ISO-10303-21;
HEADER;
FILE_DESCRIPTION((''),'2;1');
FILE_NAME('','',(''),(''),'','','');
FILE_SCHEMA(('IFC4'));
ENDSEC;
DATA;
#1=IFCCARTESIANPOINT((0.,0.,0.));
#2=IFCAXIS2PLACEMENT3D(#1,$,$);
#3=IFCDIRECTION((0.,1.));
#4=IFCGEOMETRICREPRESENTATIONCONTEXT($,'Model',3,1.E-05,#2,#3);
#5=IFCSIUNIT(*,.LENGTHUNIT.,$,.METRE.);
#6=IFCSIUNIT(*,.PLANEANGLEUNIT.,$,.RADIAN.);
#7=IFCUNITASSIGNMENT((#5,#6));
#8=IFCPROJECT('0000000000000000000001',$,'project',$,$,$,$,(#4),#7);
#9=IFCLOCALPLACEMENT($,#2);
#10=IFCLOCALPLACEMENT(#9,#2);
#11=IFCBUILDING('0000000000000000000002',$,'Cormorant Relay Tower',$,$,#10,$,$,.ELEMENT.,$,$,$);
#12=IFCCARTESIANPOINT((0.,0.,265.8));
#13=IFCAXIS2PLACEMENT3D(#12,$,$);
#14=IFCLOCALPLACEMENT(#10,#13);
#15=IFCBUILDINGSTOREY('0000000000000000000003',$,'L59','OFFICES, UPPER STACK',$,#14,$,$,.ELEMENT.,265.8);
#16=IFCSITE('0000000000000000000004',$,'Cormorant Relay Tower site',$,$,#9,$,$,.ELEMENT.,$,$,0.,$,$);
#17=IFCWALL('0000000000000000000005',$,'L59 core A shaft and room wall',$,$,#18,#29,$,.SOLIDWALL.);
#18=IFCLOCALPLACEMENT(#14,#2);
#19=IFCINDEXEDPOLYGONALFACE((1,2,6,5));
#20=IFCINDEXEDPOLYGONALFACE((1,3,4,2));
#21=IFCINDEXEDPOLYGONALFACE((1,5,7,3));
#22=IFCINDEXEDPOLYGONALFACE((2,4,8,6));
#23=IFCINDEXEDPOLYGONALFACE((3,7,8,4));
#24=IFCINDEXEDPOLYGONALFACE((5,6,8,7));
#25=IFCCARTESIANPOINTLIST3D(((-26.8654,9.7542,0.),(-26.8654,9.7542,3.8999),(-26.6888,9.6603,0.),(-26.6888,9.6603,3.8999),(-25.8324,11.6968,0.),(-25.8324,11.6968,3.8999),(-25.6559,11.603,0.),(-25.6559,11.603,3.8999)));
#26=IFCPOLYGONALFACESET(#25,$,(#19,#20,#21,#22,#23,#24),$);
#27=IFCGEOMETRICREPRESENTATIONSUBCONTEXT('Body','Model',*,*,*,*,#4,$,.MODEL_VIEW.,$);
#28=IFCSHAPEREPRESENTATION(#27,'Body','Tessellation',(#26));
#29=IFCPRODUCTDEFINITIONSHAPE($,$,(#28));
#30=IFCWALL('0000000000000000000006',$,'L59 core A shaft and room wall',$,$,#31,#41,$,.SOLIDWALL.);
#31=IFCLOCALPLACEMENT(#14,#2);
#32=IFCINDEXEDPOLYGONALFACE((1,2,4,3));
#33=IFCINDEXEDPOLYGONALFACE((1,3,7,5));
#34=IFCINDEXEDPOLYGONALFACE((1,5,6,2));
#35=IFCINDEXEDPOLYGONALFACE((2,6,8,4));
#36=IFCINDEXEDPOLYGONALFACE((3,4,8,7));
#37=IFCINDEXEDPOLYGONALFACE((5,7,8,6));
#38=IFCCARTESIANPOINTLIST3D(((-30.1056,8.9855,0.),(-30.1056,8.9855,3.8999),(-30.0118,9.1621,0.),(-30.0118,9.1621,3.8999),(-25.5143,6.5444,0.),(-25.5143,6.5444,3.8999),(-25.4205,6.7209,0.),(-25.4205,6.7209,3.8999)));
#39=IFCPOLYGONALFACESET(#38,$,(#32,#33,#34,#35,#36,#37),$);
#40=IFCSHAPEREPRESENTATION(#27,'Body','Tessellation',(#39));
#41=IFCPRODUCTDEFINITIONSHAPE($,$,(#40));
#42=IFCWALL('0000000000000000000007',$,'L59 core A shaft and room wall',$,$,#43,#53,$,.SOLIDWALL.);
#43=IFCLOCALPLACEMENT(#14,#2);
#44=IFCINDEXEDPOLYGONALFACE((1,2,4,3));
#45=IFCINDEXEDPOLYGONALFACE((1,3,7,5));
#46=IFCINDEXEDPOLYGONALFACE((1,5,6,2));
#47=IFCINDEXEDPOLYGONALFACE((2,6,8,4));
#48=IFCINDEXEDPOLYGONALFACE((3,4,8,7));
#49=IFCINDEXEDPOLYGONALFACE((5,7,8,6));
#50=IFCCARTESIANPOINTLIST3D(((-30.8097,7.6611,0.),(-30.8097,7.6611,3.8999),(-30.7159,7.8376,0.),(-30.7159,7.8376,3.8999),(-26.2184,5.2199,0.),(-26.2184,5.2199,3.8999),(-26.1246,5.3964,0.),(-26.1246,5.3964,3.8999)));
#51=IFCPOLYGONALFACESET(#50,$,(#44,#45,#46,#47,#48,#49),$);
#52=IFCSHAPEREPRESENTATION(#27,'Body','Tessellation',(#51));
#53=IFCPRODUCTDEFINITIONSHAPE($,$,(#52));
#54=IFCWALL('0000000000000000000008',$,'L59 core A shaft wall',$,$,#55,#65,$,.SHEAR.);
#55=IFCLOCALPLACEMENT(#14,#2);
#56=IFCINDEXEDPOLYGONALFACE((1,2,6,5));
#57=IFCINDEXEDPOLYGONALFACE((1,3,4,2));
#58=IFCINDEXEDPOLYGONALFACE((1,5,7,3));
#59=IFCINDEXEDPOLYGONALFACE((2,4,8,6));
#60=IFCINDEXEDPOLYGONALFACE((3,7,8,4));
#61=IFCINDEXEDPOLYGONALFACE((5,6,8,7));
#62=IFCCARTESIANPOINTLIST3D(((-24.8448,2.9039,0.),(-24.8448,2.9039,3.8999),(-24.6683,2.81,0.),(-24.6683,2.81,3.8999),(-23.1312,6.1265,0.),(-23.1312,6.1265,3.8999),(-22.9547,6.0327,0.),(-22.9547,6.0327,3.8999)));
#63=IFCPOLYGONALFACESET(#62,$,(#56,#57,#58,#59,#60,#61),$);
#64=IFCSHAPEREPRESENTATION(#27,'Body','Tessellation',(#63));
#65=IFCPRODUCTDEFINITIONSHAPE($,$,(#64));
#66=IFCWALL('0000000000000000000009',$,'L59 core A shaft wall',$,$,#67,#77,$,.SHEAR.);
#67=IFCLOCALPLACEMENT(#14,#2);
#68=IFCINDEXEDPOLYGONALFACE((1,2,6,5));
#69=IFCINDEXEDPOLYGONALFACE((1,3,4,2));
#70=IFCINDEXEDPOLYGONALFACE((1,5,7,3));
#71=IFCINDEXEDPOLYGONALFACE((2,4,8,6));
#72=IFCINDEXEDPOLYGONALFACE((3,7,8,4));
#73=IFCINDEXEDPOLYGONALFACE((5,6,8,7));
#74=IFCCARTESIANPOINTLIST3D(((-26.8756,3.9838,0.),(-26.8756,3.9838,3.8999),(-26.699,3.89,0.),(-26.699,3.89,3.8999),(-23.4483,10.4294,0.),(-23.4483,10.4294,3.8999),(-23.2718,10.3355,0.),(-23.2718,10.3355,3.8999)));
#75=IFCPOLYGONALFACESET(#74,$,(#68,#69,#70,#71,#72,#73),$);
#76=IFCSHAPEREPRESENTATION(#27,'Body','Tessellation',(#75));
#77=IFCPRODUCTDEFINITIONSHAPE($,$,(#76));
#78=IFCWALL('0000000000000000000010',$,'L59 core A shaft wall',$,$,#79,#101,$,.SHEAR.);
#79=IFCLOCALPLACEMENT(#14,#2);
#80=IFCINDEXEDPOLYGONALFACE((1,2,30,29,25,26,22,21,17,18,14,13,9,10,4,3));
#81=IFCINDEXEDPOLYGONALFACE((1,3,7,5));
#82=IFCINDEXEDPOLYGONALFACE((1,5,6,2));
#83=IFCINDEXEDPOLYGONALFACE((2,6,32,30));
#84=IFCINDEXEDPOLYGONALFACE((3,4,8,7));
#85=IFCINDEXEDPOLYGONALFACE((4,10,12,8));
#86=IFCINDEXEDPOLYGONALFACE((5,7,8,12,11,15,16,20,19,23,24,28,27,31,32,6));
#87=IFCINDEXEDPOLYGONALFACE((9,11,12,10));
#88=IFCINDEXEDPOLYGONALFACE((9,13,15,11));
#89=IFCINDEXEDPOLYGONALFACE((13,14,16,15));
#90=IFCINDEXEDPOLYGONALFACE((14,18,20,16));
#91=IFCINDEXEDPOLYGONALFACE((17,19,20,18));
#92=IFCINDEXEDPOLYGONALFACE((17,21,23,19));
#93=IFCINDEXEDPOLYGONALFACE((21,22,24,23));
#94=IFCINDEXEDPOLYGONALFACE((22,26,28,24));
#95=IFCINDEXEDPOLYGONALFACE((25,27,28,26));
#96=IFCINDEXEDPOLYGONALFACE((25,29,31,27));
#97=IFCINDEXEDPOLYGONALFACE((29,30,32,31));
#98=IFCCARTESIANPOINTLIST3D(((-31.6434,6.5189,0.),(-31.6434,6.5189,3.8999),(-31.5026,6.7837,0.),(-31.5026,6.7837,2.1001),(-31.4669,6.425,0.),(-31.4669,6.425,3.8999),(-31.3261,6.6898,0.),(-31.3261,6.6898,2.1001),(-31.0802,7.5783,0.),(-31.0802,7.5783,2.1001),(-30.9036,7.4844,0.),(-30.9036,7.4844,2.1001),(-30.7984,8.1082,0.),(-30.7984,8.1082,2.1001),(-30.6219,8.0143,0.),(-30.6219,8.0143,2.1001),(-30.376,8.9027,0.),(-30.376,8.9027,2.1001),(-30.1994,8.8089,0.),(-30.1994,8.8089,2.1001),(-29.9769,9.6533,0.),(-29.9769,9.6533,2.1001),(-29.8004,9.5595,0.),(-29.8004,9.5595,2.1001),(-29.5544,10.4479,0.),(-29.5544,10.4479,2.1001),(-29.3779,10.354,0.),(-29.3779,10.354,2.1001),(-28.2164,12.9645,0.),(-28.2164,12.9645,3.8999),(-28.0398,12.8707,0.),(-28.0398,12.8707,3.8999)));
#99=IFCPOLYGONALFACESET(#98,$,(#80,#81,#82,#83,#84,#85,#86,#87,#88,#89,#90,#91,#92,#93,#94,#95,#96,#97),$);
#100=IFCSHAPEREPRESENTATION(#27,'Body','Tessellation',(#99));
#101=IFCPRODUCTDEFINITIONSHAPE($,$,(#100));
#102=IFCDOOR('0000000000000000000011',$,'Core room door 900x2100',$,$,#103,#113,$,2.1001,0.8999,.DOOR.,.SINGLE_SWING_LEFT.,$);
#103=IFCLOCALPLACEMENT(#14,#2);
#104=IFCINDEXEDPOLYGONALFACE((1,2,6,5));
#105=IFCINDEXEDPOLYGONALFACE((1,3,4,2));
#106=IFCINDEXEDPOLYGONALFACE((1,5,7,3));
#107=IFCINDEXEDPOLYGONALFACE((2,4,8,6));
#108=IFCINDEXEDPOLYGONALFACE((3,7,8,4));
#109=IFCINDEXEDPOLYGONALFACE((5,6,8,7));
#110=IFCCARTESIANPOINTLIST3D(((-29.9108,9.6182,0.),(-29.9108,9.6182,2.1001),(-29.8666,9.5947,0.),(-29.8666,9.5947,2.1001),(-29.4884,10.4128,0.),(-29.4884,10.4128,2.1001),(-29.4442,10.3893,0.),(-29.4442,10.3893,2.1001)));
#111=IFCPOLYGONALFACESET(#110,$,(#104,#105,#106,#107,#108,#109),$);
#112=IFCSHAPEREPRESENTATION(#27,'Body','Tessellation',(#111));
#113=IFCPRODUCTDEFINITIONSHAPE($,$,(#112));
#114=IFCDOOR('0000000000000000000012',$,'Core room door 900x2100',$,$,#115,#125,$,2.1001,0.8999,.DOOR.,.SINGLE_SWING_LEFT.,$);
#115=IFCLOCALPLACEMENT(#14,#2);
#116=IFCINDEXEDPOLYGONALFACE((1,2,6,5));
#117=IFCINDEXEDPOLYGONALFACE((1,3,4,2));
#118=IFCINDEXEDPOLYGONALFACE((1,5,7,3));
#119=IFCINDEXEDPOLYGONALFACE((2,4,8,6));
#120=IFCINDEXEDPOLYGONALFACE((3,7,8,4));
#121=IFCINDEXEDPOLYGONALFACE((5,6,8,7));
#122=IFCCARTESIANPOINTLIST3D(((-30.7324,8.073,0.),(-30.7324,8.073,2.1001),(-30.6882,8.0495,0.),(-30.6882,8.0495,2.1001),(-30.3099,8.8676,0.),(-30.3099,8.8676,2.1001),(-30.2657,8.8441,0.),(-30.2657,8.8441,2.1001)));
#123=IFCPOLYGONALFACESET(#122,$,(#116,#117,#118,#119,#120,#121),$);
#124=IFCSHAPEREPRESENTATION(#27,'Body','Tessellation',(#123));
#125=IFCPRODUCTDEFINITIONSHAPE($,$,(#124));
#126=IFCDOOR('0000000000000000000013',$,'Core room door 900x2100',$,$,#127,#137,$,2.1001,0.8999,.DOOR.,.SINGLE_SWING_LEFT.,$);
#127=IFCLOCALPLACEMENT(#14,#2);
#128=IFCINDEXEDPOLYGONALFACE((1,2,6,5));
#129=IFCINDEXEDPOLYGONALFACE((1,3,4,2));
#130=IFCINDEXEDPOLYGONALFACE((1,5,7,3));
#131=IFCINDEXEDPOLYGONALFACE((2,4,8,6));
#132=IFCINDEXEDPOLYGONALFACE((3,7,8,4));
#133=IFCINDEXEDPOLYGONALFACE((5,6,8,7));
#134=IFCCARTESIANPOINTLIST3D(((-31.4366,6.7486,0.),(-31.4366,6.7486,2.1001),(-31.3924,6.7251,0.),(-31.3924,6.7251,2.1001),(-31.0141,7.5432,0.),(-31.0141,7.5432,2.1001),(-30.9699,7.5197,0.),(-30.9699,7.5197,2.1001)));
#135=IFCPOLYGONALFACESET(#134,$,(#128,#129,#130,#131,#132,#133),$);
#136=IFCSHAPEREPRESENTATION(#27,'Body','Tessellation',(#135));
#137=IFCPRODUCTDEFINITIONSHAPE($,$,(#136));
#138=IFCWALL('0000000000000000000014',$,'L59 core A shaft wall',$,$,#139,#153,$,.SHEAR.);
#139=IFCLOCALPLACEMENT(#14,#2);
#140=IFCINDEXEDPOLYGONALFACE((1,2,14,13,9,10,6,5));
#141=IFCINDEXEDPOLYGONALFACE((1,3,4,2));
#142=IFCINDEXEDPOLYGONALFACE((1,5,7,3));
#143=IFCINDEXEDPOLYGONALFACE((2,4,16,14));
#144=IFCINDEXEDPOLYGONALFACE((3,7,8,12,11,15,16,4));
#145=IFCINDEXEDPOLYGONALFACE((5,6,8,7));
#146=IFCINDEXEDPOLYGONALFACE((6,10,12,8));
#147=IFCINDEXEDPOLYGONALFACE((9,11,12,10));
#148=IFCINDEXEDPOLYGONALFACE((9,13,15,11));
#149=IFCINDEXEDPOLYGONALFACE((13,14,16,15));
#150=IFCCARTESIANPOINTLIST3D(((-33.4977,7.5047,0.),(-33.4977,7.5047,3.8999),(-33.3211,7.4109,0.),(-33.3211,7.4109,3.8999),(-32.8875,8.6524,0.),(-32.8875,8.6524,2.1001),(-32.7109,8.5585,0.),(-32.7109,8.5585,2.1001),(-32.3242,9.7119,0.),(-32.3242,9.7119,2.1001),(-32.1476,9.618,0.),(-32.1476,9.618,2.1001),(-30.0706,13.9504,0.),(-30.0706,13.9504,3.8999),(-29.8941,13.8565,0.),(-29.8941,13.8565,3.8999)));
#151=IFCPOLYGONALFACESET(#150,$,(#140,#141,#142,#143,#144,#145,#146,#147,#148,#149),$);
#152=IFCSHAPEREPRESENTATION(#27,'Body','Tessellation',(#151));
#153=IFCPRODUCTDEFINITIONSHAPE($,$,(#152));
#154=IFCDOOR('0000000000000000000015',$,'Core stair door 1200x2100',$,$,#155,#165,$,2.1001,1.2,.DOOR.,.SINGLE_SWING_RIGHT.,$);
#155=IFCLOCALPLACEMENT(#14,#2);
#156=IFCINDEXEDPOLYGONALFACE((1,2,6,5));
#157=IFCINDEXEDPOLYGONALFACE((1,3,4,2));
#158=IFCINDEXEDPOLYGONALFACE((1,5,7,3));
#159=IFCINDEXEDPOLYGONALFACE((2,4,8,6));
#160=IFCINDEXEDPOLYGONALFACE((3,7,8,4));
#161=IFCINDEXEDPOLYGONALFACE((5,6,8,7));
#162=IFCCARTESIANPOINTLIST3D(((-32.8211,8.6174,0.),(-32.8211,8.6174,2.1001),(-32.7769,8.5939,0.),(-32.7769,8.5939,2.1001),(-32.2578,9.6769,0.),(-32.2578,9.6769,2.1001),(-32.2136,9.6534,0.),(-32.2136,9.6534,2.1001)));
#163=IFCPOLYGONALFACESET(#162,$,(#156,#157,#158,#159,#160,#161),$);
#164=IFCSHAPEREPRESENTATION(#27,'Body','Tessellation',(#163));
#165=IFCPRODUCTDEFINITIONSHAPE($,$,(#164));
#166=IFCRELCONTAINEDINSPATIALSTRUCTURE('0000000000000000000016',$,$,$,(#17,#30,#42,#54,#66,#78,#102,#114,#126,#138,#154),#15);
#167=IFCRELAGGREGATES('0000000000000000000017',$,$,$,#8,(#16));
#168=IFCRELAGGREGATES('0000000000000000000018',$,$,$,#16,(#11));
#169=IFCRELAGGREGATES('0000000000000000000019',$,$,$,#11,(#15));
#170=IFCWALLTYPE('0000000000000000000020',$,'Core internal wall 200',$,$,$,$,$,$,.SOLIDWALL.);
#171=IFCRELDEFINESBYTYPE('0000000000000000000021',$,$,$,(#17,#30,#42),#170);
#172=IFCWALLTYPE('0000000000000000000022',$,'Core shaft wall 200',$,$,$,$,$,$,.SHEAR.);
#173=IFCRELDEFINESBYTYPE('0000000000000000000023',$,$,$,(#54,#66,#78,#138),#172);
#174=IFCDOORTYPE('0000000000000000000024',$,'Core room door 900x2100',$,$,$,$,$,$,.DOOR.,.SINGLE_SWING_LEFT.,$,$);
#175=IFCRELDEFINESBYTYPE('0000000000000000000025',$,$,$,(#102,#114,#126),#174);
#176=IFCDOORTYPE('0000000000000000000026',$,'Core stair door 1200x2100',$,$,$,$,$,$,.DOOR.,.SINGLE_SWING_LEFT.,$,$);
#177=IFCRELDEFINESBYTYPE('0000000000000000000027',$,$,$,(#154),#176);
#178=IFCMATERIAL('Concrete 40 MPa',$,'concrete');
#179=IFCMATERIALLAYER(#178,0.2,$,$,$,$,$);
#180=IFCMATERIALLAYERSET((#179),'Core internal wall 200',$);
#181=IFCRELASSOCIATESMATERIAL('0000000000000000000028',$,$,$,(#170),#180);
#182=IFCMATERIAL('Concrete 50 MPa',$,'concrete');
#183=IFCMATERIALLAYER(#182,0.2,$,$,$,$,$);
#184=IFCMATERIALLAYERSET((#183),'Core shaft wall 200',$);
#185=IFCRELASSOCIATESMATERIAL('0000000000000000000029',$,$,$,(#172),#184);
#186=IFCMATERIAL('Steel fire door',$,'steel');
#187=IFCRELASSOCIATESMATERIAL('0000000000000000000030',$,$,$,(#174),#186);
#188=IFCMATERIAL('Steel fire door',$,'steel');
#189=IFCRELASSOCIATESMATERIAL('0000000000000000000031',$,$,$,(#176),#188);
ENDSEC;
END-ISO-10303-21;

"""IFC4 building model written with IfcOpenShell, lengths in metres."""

from ifc_helpers import new_model, si_unit, direction, frame, frame_2d, origin, place, context, subcontext, project, spatial, rectangle, extrude, material, layer, layer_set, type_object, element, fill, save


model = new_model("IFC4")

# Units and contexts
model_context = context("Model", 3, precision=1e-05, world=origin(), true_north=direction((0.0, 1.0)))
body_context = subcontext(model_context, "Body", "Model", "MODEL_VIEW")
ifc_project = project(units=[si_unit("LENGTHUNIT", "METRE"), si_unit("PLANEANGLEUNIT", "RADIAN")], contexts=[model_context])

# Site, building, storey
site_placement = place(None, origin())
site = spatial("IfcSite", under=ifc_project, at=site_placement, Name="Cormorant Relay Tower site", CompositionType="ELEMENT", RefElevation=0.0)
building_placement = place(site_placement, origin())
building = spatial("IfcBuilding", under=site, at=building_placement, Name="Cormorant Relay Tower", CompositionType="ELEMENT")
storey_placement = place(building_placement, frame((0.0, 0.0, 265.8)))
storey = spatial("IfcBuildingStorey", under=building, at=storey_placement, Name="L59", Description="OFFICES, UPPER STACK", CompositionType="ELEMENT", Elevation=265.8)

# Walls
ifc_material_1 = material(Name="Concrete 40 MPa", Category="concrete")
ifc_layer_1 = layer(ifc_material_1, 0.2)
ifc_layer_set_1 = layer_set([ifc_layer_1], Name="Core internal wall 200")
wall_type_1 = type_object("IfcWallType", Name="Core internal wall 200", PredefinedType="SOLIDWALL", material=ifc_layer_set_1)
wall_1_placement = place(storey_placement, frame((-25.7441, 11.6499, 0.0), z_axis=(0.0, 0.0, 1.0), x_axis=(-0.469488, -0.882939, 0.0)))
element("IfcWall", 1, at=wall_1_placement, inside=storey, type_object=wall_type_1, Name="L59 core A shaft and room wall", PredefinedType="SOLIDWALL", context=body_context, shape_type="SweptSolid", body=[
    extrude(rectangle(XDim=2.2002, YDim=0.2, at=frame_2d((1.1001, 0.0))), origin(), (0.0, 0.0, 1.0), 3.8999),
])
for number, where, z_axis, x_axis, name in (
    (2, (-25.4673, 6.6326, 0.0), (0.0, 0.0, 1.0), (-0.882954, 0.46946, 0.0), "L59 core A shaft and room wall"),
    (3, (-26.1714, 5.3081, 0.0), (0.0, 0.0, 1.0), (-0.882954, 0.46946, 0.0), "L59 core A shaft and room wall"),
):
    element("IfcWall", number, at=place(storey_placement, frame(where, z_axis=z_axis, x_axis=x_axis)), inside=storey, type_object=wall_type_1, Name=name, PredefinedType="SOLIDWALL", context=body_context, shape_type="SweptSolid", body=[
        extrude(rectangle(XDim=5.2, YDim=0.2, at=frame_2d((2.6001, 0.0))), origin(), (0.0, 0.0, 1.0), 3.8999),
    ])
ifc_material_2 = material(Name="Concrete 50 MPa", Category="concrete")
ifc_layer_2 = layer(ifc_material_2, 0.2)
ifc_layer_set_2 = layer_set([ifc_layer_2], Name="Core shaft wall 200")
wall_type_2 = type_object("IfcWallType", Name="Core shaft wall 200", PredefinedType="SHEAR", material=ifc_layer_set_2)
wall_2_placement = place(storey_placement, frame((-23.043, 6.0796, 0.0), z_axis=(0.0, 0.0, 1.0), x_axis=(-0.469494, -0.882936, 0.0)))
element("IfcWall", 4, at=wall_2_placement, inside=storey, type_object=wall_type_2, Name="L59 core A shaft wall", PredefinedType="SHEAR", context=body_context, shape_type="SweptSolid", body=[
    extrude(rectangle(XDim=3.6499, YDim=0.2, at=frame_2d((1.825, 0.0))), origin(), (0.0, 0.0, 1.0), 3.8999),
])
wall_3_placement = place(storey_placement, frame((-23.3601, 10.3823, 0.0), z_axis=(0.0, 0.0, 1.0), x_axis=(-0.46948, -0.882943, 0.0)))
element("IfcWall", 5, at=wall_3_placement, inside=storey, type_object=wall_type_2, Name="L59 core A shaft wall", PredefinedType="SHEAR", context=body_context, shape_type="SweptSolid", body=[
    extrude(rectangle(XDim=7.3, YDim=0.2, at=frame_2d((3.6499, 0.0))), origin(), (0.0, 0.0, 1.0), 3.8999),
])

# Wall, openings, doors
wall_4_placement = place(storey_placement, frame((-28.1282, 12.9175, 0.0), z_axis=(0.0, 0.0, 1.0), x_axis=(-0.469454, -0.882957, 0.0)))
wall_4 = element("IfcWall", 6, at=wall_4_placement, inside=storey, type_object=wall_type_2, Name="L59 core A shaft wall", PredefinedType="SHEAR", context=body_context, shape_type="SweptSolid", body=[
    extrude(rectangle(XDim=7.3, YDim=0.2, at=frame_2d((3.6499, 0.0))), origin(), (0.0, 0.0, 1.0), 3.8999),
])
opening_1_placement = place(wall_4_placement, frame((2.8501, 0.0, 0.0)))
opening_1 = element("IfcOpeningElement", 7, at=opening_1_placement, cuts=wall_4, PredefinedType="OPENING", context=body_context, shape_type="SweptSolid", body=[
    extrude(rectangle(XDim=0.8999, YDim=2.1001, at=frame_2d((0.45, 1.05))), frame((0.0, 0.1099, 0.0), z_axis=(0.0, -1.0, 0.0), x_axis=(1.0, 0.0, 0.0)), (0.0, 0.0, 1.0), 0.22),
])
opening_2_placement = place(wall_4_placement, frame((4.6001, 0.0, 0.0)))
opening_2 = element("IfcOpeningElement", 8, at=opening_2_placement, cuts=wall_4, PredefinedType="OPENING", context=body_context, shape_type="SweptSolid", body=[
    extrude(rectangle(XDim=0.8999, YDim=2.1001, at=frame_2d((0.45, 1.05))), frame((0.0, 0.1099, 0.0), z_axis=(0.0, -1.0, 0.0), x_axis=(1.0, 0.0, 0.0)), (0.0, 0.0, 1.0), 0.22),
])
opening_3_placement = place(wall_4_placement, frame((6.1001, 0.0, 0.0)))
opening_3 = element("IfcOpeningElement", 9, at=opening_3_placement, cuts=wall_4, PredefinedType="OPENING", context=body_context, shape_type="SweptSolid", body=[
    extrude(rectangle(XDim=0.8999, YDim=2.1001, at=frame_2d((0.45, 1.05))), frame((0.0, 0.1099, 0.0), z_axis=(0.0, -1.0, 0.0), x_axis=(1.0, 0.0, 0.0)), (0.0, 0.0, 1.0), 0.22),
])
ifc_material_3 = material(Name="Steel fire door", Category="steel")
door_type_1 = type_object("IfcDoorType", Name="Core room door 900x2100", OperationType="SINGLE_SWING_LEFT", PredefinedType="DOOR", material=ifc_material_3)
door_1_placement = place(opening_1_placement, origin())
door_1 = element("IfcDoor", 10, at=door_1_placement, inside=storey, type_object=door_type_1, Name="Core room door 900x2100", OperationType="SINGLE_SWING_LEFT", OverallHeight=2.1001, OverallWidth=0.8999, PredefinedType="DOOR", context=body_context, shape_type="SweptSolid", body=[
    extrude(rectangle(XDim=0.8999, YDim=2.1001, at=frame_2d((0.45, 1.05))), frame((0.0, 0.0249, 0.0), z_axis=(0.0, -1.0, 0.0), x_axis=(1.0, 0.0, 0.0)), (0.0, 0.0, 1.0), 0.05),
])
fill(opening_1, door_1)
door_2_placement = place(opening_2_placement, origin())
door_2 = element("IfcDoor", 11, at=door_2_placement, inside=storey, type_object=door_type_1, Name="Core room door 900x2100", OperationType="SINGLE_SWING_LEFT", OverallHeight=2.1001, OverallWidth=0.8999, PredefinedType="DOOR", context=body_context, shape_type="SweptSolid", body=[
    extrude(rectangle(XDim=0.8999, YDim=2.1001, at=frame_2d((0.45, 1.05))), frame((0.0, 0.0249, 0.0), z_axis=(0.0, -1.0, 0.0), x_axis=(1.0, 0.0, 0.0)), (0.0, 0.0, 1.0), 0.05),
])
fill(opening_2, door_2)
door_3_placement = place(opening_3_placement, origin())
door_3 = element("IfcDoor", 12, at=door_3_placement, inside=storey, type_object=door_type_1, Name="Core room door 900x2100", OperationType="SINGLE_SWING_LEFT", OverallHeight=2.1001, OverallWidth=0.8999, PredefinedType="DOOR", context=body_context, shape_type="SweptSolid", body=[
    extrude(rectangle(XDim=0.8999, YDim=2.1001, at=frame_2d((0.45, 1.05))), frame((0.0, 0.0249, 0.0), z_axis=(0.0, -1.0, 0.0), x_axis=(1.0, 0.0, 0.0)), (0.0, 0.0, 1.0), 0.05),
])
fill(opening_3, door_3)

# Wall, opening, door
wall_5_placement = place(storey_placement, frame((-29.9824, 13.9033, 0.0), z_axis=(0.0, 0.0, 1.0), x_axis=(-0.469454, -0.882957, 0.0)))
wall_5 = element("IfcWall", 13, at=wall_5_placement, inside=storey, type_object=wall_type_2, Name="L59 core A shaft wall", PredefinedType="SHEAR", context=body_context, shape_type="SweptSolid", body=[
    extrude(rectangle(XDim=7.3, YDim=0.2, at=frame_2d((3.6499, 0.0))), origin(), (0.0, 0.0, 1.0), 3.8999),
])
opening_4_placement = place(wall_5_placement, frame((4.8, 0.0, 0.0)))
opening_4 = element("IfcOpeningElement", 14, at=opening_4_placement, cuts=wall_5, PredefinedType="OPENING", context=body_context, shape_type="SweptSolid", body=[
    extrude(rectangle(XDim=1.2, YDim=2.1001, at=frame_2d((0.6001, 1.05))), frame((0.0, 0.1099, 0.0), z_axis=(0.0, -1.0, 0.0), x_axis=(1.0, 0.0, 0.0)), (0.0, 0.0, 1.0), 0.22),
])
ifc_material_4 = material(Name="Steel fire door", Category="steel")
door_type_2 = type_object("IfcDoorType", Name="Core stair door 1200x2100", OperationType="SINGLE_SWING_LEFT", PredefinedType="DOOR", material=ifc_material_4)
door_4_placement = place(opening_4_placement, frame((1.2, 0.0, 0.0), z_axis=(0.0, 0.0, 1.0), x_axis=(-1.0, 0.0, 0.0)))
door_4 = element("IfcDoor", 15, at=door_4_placement, inside=storey, type_object=door_type_2, Name="Core stair door 1200x2100", OperationType="SINGLE_SWING_RIGHT", OverallHeight=2.1001, OverallWidth=1.2, PredefinedType="DOOR", context=body_context, shape_type="SweptSolid", body=[
    extrude(rectangle(XDim=1.2, YDim=2.1001, at=frame_2d((0.6001, 1.05))), frame((0.0, 0.0249, 0.0), z_axis=(0.0, -1.0, 0.0), x_axis=(1.0, 0.0, 0.0)), (0.0, 0.0, 1.0), 0.05),
])
fill(opening_4, door_4)

save(model, "model.ifc")
